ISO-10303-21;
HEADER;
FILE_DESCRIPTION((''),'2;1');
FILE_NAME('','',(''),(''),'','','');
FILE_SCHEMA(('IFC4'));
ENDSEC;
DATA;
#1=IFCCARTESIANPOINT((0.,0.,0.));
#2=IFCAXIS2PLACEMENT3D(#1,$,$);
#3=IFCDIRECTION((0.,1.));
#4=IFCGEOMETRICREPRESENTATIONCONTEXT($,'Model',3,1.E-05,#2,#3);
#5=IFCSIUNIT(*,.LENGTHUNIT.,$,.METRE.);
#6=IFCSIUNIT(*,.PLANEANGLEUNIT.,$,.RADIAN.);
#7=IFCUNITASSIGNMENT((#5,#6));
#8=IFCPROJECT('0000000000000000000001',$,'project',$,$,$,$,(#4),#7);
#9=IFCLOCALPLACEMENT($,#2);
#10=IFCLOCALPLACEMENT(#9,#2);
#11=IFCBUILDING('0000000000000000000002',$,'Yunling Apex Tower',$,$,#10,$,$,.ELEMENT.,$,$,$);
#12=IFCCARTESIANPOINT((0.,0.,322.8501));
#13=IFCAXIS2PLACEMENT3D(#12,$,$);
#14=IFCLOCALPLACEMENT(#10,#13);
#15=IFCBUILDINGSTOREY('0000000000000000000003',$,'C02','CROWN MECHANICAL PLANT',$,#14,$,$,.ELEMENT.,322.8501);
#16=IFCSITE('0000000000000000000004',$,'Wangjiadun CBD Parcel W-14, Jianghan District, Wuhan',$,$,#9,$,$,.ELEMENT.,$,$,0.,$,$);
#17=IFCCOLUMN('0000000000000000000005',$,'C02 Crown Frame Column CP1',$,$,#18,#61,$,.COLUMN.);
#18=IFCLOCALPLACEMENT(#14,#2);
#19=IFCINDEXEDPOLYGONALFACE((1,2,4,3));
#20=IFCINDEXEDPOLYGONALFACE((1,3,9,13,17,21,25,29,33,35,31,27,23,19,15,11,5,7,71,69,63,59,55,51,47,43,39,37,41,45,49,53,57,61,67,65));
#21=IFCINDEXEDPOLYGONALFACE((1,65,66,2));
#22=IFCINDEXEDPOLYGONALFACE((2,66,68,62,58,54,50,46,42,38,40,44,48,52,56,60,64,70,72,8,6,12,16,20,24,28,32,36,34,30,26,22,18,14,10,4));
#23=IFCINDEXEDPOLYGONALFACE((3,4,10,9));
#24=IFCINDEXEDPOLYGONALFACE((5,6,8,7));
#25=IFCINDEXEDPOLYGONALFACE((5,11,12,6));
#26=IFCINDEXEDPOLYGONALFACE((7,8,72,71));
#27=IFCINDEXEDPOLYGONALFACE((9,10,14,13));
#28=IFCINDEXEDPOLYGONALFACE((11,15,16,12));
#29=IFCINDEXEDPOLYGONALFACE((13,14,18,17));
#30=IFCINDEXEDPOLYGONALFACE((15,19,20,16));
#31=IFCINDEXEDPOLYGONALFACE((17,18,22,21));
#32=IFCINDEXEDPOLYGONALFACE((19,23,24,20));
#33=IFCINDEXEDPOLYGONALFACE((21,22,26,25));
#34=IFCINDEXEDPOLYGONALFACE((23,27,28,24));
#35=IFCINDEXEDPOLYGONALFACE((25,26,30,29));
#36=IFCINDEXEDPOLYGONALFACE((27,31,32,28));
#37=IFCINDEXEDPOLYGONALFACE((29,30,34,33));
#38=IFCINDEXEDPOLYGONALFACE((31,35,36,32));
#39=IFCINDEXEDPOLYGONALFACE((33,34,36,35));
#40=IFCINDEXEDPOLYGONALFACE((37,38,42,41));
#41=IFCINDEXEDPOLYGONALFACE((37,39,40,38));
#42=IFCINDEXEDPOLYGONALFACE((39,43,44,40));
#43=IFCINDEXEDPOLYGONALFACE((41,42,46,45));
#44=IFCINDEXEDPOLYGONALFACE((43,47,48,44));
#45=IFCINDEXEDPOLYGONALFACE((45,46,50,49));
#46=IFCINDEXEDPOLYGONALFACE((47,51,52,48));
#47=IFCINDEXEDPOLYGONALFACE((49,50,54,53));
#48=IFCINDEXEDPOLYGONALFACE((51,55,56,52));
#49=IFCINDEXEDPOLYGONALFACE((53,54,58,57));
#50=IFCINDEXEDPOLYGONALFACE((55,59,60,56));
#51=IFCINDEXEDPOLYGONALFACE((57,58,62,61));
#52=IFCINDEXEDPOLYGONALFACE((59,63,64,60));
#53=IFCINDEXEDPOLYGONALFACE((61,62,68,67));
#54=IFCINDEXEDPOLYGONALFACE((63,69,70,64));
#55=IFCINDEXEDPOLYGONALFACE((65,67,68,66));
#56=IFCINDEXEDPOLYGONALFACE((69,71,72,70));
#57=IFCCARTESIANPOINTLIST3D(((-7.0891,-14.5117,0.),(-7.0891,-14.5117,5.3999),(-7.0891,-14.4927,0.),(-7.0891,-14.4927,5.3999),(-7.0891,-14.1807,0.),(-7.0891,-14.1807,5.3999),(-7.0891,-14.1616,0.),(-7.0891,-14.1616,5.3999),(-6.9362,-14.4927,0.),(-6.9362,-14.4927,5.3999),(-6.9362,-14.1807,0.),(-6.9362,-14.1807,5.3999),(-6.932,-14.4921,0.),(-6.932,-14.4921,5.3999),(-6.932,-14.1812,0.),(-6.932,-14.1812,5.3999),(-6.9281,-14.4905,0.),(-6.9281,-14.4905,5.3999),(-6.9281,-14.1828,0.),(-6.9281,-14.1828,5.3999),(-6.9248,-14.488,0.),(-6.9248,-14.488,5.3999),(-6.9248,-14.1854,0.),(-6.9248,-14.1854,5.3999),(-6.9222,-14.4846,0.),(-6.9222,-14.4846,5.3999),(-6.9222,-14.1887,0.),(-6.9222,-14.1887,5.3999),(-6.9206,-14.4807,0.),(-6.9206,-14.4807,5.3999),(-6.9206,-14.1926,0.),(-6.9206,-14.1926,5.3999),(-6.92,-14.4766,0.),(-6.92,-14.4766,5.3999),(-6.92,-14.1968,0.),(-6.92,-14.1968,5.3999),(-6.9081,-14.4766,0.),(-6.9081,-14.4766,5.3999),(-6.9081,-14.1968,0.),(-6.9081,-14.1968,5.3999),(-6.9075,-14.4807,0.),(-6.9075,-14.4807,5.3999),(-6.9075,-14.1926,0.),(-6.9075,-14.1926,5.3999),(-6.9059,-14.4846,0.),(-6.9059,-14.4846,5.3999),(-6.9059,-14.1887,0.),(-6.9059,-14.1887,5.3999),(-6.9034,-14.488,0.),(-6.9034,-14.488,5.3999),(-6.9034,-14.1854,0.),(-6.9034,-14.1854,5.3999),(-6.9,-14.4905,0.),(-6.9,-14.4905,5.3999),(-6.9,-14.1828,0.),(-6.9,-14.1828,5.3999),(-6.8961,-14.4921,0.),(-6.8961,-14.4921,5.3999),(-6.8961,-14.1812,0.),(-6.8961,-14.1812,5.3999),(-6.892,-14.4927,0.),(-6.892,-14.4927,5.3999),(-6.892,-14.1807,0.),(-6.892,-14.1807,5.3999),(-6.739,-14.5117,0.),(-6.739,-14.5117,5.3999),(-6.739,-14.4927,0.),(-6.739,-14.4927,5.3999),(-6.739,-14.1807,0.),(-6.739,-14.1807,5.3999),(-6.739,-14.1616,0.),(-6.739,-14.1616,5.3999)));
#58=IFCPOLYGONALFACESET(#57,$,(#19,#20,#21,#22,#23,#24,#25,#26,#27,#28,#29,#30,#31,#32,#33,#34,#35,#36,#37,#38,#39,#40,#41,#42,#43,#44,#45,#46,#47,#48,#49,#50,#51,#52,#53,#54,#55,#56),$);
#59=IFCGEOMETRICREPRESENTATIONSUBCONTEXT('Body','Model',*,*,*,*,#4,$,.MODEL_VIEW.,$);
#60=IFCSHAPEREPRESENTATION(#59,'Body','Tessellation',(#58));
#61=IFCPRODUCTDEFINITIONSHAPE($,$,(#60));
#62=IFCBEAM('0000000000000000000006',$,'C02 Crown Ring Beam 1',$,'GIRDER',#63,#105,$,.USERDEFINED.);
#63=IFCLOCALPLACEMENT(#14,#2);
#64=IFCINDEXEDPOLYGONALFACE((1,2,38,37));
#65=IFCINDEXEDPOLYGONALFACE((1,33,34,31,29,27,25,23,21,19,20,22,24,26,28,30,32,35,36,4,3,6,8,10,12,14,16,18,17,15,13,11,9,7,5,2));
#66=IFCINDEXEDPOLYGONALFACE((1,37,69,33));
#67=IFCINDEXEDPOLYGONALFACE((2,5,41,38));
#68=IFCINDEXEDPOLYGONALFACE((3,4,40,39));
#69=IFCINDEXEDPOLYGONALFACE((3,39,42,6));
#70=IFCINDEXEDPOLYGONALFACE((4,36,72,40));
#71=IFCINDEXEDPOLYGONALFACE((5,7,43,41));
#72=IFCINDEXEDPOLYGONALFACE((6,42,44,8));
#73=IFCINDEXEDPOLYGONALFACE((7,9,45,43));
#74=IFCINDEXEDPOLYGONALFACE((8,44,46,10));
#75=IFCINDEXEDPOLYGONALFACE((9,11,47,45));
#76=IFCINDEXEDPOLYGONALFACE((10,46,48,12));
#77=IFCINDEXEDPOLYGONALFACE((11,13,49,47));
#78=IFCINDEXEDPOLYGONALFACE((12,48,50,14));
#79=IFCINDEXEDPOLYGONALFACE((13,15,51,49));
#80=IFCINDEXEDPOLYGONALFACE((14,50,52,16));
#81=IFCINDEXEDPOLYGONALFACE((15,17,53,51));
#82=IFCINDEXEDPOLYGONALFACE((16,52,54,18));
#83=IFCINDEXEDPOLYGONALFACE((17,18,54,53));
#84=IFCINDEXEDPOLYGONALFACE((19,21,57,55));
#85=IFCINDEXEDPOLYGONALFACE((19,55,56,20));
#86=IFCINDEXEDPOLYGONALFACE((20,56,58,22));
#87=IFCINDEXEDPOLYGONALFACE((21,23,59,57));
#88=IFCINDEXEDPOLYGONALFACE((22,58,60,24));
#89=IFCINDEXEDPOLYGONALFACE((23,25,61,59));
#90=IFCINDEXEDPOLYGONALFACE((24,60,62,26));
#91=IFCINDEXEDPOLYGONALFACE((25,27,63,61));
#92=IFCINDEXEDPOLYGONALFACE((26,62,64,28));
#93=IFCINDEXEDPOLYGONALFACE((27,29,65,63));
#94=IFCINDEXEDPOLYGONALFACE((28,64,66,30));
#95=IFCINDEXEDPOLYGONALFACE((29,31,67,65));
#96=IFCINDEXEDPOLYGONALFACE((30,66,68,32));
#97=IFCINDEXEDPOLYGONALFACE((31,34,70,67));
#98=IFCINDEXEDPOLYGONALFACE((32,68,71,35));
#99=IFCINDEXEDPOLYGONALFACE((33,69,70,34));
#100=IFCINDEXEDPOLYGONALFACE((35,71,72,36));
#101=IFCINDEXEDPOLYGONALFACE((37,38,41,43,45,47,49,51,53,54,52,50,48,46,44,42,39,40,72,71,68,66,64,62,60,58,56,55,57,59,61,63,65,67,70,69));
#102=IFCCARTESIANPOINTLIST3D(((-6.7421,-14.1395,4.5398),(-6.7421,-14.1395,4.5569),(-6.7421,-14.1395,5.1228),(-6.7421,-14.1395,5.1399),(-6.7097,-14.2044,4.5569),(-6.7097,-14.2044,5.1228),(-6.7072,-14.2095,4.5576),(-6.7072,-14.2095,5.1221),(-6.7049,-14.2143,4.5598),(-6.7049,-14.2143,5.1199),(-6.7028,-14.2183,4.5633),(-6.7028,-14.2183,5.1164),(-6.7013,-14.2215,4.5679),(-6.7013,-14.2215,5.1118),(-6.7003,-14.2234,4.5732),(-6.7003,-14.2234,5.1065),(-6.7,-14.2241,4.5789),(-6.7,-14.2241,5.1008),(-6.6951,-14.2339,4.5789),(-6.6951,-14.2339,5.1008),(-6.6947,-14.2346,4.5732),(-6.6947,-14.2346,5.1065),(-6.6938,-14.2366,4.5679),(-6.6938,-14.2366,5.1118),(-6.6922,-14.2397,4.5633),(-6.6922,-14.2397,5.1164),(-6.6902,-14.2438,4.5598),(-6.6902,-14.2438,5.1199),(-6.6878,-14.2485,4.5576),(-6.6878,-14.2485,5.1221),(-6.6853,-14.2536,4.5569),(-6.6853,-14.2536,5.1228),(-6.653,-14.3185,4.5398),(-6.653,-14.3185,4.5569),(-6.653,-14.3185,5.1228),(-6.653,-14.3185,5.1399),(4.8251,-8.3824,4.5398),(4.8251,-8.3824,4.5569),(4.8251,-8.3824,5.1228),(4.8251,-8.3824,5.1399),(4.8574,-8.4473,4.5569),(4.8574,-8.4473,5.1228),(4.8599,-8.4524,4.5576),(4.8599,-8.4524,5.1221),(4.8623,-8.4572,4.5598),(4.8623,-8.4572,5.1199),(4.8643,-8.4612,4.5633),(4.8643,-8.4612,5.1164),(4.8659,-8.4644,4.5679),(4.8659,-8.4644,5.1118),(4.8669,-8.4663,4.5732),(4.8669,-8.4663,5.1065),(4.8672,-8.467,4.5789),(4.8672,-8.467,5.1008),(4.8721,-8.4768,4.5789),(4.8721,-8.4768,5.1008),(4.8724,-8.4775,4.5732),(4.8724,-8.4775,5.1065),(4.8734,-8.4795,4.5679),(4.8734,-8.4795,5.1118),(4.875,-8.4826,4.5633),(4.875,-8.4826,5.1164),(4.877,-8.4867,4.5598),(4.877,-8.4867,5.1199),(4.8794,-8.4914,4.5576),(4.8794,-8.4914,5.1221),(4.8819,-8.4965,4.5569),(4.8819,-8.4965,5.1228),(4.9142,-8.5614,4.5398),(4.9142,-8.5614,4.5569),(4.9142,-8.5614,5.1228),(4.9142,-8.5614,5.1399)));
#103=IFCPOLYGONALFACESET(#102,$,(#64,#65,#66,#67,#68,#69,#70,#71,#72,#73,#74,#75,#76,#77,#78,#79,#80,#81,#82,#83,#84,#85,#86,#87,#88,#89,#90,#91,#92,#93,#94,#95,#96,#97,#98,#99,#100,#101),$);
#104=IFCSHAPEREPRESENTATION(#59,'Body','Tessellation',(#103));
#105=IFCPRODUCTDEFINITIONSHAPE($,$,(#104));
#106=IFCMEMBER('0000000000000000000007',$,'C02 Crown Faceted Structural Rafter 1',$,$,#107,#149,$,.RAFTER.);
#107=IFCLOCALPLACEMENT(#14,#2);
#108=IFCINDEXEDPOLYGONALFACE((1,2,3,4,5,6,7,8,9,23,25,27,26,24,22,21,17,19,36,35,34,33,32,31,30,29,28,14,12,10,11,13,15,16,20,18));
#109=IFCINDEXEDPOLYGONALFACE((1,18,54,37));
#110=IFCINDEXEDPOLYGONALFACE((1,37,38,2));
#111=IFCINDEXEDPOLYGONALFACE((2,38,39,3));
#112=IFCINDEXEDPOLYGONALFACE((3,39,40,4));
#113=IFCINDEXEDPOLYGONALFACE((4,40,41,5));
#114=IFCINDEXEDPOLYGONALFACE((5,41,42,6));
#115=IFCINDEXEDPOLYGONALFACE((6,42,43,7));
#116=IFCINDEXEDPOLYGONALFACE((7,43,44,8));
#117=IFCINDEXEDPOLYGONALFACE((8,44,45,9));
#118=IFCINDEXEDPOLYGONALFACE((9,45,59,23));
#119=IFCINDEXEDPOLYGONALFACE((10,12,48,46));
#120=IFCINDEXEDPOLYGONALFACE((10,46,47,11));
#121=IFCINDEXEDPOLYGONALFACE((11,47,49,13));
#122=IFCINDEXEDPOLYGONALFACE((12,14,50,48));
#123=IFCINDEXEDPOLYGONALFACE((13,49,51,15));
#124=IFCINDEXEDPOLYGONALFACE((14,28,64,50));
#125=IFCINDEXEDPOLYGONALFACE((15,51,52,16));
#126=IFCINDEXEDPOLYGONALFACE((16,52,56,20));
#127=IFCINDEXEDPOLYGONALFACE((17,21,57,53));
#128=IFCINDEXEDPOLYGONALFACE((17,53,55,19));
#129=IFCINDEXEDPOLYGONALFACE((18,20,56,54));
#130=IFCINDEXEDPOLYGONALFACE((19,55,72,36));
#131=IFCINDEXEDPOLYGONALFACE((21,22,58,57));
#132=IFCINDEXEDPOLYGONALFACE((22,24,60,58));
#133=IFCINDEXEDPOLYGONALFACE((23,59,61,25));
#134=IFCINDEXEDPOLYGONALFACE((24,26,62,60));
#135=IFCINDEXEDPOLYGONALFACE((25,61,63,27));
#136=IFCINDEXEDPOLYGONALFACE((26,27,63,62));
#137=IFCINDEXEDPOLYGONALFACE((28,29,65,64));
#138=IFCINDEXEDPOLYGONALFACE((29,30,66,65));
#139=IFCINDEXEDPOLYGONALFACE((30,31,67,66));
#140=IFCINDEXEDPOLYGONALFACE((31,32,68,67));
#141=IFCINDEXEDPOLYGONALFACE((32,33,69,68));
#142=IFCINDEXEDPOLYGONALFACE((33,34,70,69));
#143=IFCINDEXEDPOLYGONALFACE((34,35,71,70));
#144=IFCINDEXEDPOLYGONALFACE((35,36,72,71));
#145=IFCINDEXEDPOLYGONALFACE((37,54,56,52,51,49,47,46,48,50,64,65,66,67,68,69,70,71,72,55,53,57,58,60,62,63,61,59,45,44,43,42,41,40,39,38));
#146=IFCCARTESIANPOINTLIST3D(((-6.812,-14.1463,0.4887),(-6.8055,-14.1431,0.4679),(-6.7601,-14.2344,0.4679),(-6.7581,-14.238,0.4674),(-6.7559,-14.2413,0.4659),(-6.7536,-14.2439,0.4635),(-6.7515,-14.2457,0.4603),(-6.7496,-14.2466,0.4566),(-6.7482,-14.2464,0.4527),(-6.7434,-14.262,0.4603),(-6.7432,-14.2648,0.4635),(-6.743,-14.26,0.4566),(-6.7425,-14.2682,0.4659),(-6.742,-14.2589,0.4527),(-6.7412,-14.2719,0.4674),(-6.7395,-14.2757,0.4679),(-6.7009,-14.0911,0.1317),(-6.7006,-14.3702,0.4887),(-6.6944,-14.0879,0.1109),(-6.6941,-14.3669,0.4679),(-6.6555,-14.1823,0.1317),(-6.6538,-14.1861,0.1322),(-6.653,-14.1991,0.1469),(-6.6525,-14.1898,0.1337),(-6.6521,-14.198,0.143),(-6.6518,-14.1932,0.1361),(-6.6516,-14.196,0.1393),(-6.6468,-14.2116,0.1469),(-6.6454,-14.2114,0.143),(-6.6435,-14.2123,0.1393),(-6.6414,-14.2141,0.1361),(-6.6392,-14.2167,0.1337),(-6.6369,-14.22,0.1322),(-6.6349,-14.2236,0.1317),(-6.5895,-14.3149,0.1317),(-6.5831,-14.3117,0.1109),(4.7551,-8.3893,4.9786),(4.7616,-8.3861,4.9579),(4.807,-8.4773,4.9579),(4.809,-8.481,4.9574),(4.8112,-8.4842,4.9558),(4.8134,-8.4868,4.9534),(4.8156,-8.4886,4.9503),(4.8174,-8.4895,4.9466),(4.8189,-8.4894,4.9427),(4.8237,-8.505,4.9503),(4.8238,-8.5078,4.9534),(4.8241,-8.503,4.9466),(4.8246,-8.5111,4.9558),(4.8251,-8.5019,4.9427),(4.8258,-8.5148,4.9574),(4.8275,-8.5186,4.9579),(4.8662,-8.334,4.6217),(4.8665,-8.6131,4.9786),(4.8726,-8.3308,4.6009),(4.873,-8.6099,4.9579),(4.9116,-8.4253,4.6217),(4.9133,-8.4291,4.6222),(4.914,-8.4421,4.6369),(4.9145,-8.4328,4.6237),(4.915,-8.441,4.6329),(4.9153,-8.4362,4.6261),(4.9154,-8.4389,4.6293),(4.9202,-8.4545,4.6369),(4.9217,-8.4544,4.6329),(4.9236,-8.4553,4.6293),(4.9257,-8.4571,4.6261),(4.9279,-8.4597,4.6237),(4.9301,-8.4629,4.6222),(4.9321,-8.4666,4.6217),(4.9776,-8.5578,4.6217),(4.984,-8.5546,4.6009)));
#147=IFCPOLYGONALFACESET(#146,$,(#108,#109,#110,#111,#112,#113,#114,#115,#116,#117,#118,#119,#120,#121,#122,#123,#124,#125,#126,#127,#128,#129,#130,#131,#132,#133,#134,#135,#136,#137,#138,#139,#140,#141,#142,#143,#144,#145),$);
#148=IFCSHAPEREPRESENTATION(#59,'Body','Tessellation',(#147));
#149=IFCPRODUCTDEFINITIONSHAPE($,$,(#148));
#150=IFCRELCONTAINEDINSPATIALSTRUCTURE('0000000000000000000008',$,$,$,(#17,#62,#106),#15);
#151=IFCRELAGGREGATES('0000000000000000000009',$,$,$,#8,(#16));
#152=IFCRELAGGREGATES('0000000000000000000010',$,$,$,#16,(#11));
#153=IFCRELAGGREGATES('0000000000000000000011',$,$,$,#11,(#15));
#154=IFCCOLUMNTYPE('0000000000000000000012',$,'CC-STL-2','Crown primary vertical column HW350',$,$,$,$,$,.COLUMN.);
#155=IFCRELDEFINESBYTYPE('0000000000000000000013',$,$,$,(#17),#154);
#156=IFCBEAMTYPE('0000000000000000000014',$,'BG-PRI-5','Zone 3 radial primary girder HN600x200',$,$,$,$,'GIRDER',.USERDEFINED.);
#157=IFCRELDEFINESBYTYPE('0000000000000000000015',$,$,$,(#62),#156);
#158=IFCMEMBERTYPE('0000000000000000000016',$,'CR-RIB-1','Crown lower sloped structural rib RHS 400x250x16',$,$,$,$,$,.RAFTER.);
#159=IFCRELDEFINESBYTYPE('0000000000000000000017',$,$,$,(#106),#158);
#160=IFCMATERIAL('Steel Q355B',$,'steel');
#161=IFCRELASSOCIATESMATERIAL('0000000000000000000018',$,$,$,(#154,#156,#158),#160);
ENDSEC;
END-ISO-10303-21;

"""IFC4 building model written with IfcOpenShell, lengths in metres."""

from ifc_helpers import new_model, si_unit, direction, frame, origin, origin_2d, place, context, subcontext, project, spatial, i_section, extrude, source, transform, mapped, material, material_profile, profile_set, type_object, element, save


model = new_model("IFC4")

# Units and contexts
model_context = context("Model", 3, precision=1e-05, world=origin(), true_north=direction((0.0, 1.0)))
body_context = subcontext(model_context, "Body", "Model", "MODEL_VIEW")
ifc_project = project(units=[si_unit("LENGTHUNIT", "METRE"), si_unit("PLANEANGLEUNIT", "RADIAN")], contexts=[model_context])

# Site, building, storey
site_placement = place(None, origin())
site = spatial("IfcSite", under=ifc_project, at=site_placement, Name="Wangjiadun CBD Parcel W-14, Jianghan District, Wuhan", CompositionType="ELEMENT", RefElevation=0.0)
building_placement = place(site_placement, origin())
building = spatial("IfcBuilding", under=site, at=building_placement, Name="Yunling Apex Tower", CompositionType="ELEMENT")
storey_placement = place(building_placement, frame((0.0, 0.0, 322.8501)))
storey = spatial("IfcBuildingStorey", under=building, at=storey_placement, Name="C02", Description="CROWN MECHANICAL PLANT", CompositionType="ELEMENT", Elevation=322.8501)

# Column
ifc_material_1 = material(Name="Steel Q355B", Category="steel")
ifc_material_profile_1 = material_profile(ifc_material_1, i_section(OverallWidth=0.3501, OverallDepth=0.3501, WebThickness=0.012, FlangeThickness=0.019, FilletRadius=0.0161, at=origin_2d()))
ifc_profile_set_1 = profile_set([ifc_material_profile_1], Name="Steel Q355B")
column_type = type_object("IfcColumnType", Name="CC-STL-2", Description="Crown primary vertical column HW350", PredefinedType="COLUMN", material=ifc_profile_set_1)
shared_shape_1 = source(origin(), body_context, "Body", "SweptSolid", [
    extrude(i_section(OverallWidth=0.3501, OverallDepth=0.3501, WebThickness=0.012, FlangeThickness=0.019, FilletRadius=0.0161, at=origin_2d()), origin(), (0.0, 0.0, 1.0), 5.3999),
])
column_placement = place(storey_placement, frame((-6.9141, -14.3367, 0.0), z_axis=(0.0, 0.0, 1.0), x_axis=(1.0, 0.0, 0.0)))
element("IfcColumn", 1, at=column_placement, inside=storey, type_object=column_type, Name="C02 Crown Frame Column CP1", PredefinedType="COLUMN", context=body_context, shape_type="MappedRepresentation", body=[
    mapped(shared_shape_1, transform((0.0, 0.0, 0.0), scale=1.0)),
])

# Beam
ifc_material_profile_2 = material_profile(ifc_material_1, i_section(OverallWidth=0.2, OverallDepth=0.6001, WebThickness=0.011, FlangeThickness=0.0171, FilletRadius=0.022, at=origin_2d()))
ifc_profile_set_2 = profile_set([ifc_material_profile_2], Name="Steel Q355B")
beam_type = type_object("IfcBeamType", Name="BG-PRI-5", Description="Zone 3 radial primary girder HN600x200", ElementType="GIRDER", PredefinedType="USERDEFINED", material=ifc_profile_set_2)
shared_shape_2 = source(origin(), body_context, "Body", "SweptSolid", [
    extrude(i_section(OverallWidth=0.2, OverallDepth=0.6001, WebThickness=0.011, FlangeThickness=0.0171, FilletRadius=0.022, at=origin_2d()), origin(), (0.0, 0.0, 1.0), 12.9207),
])
beam_placement = place(storey_placement, frame((-6.6975, -14.229, 4.8398), z_axis=(0.895246, 0.445573, 0.0), x_axis=(-0.445573, 0.895246, 0.0)))
element("IfcBeam", 2, at=beam_placement, inside=storey, type_object=beam_type, Name="C02 Crown Ring Beam 1", ObjectType="GIRDER", PredefinedType="USERDEFINED", context=body_context, shape_type="MappedRepresentation", body=[
    mapped(shared_shape_2, transform((0.0, 0.0, 0.0), scale=1.0)),
])

# Member
ifc_material_profile_3 = material_profile(ifc_material_1, i_section(OverallWidth=0.25, OverallDepth=0.3999, WebThickness=0.0139, FlangeThickness=0.022, FilletRadius=0.0161, at=origin_2d()))
ifc_profile_set_3 = profile_set([ifc_material_profile_3], Name="Steel Q355B")
member_type_1 = type_object("IfcMemberType", Name="CR-RIB-1", Description="Crown lower sloped structural rib RHS 400x250x16", PredefinedType="RAFTER", material=ifc_profile_set_3)
shared_shape_3 = source(origin(), body_context, "Body", "SweptSolid", [
    extrude(i_section(OverallWidth=0.25, OverallDepth=0.3999, WebThickness=0.0139, FlangeThickness=0.022, FilletRadius=0.0161, at=origin_2d()), origin(), (0.0, 0.0, 1.0), 13.6785),
])
member_1_placement = place(storey_placement, frame((-6.6975, -14.229, 0.2998), z_axis=(0.845641, 0.420884, 0.32825), x_axis=(-0.445573, 0.895246, 0.0)))
element("IfcMember", 3, at=member_1_placement, inside=storey, type_object=member_type_1, Name="C02 Crown Faceted Structural Rafter 1", PredefinedType="RAFTER", context=body_context, shape_type="MappedRepresentation", body=[
    mapped(shared_shape_3, transform((0.0, 0.0, 0.0), scale=1.0)),
])

save(model, "model.ifc")
